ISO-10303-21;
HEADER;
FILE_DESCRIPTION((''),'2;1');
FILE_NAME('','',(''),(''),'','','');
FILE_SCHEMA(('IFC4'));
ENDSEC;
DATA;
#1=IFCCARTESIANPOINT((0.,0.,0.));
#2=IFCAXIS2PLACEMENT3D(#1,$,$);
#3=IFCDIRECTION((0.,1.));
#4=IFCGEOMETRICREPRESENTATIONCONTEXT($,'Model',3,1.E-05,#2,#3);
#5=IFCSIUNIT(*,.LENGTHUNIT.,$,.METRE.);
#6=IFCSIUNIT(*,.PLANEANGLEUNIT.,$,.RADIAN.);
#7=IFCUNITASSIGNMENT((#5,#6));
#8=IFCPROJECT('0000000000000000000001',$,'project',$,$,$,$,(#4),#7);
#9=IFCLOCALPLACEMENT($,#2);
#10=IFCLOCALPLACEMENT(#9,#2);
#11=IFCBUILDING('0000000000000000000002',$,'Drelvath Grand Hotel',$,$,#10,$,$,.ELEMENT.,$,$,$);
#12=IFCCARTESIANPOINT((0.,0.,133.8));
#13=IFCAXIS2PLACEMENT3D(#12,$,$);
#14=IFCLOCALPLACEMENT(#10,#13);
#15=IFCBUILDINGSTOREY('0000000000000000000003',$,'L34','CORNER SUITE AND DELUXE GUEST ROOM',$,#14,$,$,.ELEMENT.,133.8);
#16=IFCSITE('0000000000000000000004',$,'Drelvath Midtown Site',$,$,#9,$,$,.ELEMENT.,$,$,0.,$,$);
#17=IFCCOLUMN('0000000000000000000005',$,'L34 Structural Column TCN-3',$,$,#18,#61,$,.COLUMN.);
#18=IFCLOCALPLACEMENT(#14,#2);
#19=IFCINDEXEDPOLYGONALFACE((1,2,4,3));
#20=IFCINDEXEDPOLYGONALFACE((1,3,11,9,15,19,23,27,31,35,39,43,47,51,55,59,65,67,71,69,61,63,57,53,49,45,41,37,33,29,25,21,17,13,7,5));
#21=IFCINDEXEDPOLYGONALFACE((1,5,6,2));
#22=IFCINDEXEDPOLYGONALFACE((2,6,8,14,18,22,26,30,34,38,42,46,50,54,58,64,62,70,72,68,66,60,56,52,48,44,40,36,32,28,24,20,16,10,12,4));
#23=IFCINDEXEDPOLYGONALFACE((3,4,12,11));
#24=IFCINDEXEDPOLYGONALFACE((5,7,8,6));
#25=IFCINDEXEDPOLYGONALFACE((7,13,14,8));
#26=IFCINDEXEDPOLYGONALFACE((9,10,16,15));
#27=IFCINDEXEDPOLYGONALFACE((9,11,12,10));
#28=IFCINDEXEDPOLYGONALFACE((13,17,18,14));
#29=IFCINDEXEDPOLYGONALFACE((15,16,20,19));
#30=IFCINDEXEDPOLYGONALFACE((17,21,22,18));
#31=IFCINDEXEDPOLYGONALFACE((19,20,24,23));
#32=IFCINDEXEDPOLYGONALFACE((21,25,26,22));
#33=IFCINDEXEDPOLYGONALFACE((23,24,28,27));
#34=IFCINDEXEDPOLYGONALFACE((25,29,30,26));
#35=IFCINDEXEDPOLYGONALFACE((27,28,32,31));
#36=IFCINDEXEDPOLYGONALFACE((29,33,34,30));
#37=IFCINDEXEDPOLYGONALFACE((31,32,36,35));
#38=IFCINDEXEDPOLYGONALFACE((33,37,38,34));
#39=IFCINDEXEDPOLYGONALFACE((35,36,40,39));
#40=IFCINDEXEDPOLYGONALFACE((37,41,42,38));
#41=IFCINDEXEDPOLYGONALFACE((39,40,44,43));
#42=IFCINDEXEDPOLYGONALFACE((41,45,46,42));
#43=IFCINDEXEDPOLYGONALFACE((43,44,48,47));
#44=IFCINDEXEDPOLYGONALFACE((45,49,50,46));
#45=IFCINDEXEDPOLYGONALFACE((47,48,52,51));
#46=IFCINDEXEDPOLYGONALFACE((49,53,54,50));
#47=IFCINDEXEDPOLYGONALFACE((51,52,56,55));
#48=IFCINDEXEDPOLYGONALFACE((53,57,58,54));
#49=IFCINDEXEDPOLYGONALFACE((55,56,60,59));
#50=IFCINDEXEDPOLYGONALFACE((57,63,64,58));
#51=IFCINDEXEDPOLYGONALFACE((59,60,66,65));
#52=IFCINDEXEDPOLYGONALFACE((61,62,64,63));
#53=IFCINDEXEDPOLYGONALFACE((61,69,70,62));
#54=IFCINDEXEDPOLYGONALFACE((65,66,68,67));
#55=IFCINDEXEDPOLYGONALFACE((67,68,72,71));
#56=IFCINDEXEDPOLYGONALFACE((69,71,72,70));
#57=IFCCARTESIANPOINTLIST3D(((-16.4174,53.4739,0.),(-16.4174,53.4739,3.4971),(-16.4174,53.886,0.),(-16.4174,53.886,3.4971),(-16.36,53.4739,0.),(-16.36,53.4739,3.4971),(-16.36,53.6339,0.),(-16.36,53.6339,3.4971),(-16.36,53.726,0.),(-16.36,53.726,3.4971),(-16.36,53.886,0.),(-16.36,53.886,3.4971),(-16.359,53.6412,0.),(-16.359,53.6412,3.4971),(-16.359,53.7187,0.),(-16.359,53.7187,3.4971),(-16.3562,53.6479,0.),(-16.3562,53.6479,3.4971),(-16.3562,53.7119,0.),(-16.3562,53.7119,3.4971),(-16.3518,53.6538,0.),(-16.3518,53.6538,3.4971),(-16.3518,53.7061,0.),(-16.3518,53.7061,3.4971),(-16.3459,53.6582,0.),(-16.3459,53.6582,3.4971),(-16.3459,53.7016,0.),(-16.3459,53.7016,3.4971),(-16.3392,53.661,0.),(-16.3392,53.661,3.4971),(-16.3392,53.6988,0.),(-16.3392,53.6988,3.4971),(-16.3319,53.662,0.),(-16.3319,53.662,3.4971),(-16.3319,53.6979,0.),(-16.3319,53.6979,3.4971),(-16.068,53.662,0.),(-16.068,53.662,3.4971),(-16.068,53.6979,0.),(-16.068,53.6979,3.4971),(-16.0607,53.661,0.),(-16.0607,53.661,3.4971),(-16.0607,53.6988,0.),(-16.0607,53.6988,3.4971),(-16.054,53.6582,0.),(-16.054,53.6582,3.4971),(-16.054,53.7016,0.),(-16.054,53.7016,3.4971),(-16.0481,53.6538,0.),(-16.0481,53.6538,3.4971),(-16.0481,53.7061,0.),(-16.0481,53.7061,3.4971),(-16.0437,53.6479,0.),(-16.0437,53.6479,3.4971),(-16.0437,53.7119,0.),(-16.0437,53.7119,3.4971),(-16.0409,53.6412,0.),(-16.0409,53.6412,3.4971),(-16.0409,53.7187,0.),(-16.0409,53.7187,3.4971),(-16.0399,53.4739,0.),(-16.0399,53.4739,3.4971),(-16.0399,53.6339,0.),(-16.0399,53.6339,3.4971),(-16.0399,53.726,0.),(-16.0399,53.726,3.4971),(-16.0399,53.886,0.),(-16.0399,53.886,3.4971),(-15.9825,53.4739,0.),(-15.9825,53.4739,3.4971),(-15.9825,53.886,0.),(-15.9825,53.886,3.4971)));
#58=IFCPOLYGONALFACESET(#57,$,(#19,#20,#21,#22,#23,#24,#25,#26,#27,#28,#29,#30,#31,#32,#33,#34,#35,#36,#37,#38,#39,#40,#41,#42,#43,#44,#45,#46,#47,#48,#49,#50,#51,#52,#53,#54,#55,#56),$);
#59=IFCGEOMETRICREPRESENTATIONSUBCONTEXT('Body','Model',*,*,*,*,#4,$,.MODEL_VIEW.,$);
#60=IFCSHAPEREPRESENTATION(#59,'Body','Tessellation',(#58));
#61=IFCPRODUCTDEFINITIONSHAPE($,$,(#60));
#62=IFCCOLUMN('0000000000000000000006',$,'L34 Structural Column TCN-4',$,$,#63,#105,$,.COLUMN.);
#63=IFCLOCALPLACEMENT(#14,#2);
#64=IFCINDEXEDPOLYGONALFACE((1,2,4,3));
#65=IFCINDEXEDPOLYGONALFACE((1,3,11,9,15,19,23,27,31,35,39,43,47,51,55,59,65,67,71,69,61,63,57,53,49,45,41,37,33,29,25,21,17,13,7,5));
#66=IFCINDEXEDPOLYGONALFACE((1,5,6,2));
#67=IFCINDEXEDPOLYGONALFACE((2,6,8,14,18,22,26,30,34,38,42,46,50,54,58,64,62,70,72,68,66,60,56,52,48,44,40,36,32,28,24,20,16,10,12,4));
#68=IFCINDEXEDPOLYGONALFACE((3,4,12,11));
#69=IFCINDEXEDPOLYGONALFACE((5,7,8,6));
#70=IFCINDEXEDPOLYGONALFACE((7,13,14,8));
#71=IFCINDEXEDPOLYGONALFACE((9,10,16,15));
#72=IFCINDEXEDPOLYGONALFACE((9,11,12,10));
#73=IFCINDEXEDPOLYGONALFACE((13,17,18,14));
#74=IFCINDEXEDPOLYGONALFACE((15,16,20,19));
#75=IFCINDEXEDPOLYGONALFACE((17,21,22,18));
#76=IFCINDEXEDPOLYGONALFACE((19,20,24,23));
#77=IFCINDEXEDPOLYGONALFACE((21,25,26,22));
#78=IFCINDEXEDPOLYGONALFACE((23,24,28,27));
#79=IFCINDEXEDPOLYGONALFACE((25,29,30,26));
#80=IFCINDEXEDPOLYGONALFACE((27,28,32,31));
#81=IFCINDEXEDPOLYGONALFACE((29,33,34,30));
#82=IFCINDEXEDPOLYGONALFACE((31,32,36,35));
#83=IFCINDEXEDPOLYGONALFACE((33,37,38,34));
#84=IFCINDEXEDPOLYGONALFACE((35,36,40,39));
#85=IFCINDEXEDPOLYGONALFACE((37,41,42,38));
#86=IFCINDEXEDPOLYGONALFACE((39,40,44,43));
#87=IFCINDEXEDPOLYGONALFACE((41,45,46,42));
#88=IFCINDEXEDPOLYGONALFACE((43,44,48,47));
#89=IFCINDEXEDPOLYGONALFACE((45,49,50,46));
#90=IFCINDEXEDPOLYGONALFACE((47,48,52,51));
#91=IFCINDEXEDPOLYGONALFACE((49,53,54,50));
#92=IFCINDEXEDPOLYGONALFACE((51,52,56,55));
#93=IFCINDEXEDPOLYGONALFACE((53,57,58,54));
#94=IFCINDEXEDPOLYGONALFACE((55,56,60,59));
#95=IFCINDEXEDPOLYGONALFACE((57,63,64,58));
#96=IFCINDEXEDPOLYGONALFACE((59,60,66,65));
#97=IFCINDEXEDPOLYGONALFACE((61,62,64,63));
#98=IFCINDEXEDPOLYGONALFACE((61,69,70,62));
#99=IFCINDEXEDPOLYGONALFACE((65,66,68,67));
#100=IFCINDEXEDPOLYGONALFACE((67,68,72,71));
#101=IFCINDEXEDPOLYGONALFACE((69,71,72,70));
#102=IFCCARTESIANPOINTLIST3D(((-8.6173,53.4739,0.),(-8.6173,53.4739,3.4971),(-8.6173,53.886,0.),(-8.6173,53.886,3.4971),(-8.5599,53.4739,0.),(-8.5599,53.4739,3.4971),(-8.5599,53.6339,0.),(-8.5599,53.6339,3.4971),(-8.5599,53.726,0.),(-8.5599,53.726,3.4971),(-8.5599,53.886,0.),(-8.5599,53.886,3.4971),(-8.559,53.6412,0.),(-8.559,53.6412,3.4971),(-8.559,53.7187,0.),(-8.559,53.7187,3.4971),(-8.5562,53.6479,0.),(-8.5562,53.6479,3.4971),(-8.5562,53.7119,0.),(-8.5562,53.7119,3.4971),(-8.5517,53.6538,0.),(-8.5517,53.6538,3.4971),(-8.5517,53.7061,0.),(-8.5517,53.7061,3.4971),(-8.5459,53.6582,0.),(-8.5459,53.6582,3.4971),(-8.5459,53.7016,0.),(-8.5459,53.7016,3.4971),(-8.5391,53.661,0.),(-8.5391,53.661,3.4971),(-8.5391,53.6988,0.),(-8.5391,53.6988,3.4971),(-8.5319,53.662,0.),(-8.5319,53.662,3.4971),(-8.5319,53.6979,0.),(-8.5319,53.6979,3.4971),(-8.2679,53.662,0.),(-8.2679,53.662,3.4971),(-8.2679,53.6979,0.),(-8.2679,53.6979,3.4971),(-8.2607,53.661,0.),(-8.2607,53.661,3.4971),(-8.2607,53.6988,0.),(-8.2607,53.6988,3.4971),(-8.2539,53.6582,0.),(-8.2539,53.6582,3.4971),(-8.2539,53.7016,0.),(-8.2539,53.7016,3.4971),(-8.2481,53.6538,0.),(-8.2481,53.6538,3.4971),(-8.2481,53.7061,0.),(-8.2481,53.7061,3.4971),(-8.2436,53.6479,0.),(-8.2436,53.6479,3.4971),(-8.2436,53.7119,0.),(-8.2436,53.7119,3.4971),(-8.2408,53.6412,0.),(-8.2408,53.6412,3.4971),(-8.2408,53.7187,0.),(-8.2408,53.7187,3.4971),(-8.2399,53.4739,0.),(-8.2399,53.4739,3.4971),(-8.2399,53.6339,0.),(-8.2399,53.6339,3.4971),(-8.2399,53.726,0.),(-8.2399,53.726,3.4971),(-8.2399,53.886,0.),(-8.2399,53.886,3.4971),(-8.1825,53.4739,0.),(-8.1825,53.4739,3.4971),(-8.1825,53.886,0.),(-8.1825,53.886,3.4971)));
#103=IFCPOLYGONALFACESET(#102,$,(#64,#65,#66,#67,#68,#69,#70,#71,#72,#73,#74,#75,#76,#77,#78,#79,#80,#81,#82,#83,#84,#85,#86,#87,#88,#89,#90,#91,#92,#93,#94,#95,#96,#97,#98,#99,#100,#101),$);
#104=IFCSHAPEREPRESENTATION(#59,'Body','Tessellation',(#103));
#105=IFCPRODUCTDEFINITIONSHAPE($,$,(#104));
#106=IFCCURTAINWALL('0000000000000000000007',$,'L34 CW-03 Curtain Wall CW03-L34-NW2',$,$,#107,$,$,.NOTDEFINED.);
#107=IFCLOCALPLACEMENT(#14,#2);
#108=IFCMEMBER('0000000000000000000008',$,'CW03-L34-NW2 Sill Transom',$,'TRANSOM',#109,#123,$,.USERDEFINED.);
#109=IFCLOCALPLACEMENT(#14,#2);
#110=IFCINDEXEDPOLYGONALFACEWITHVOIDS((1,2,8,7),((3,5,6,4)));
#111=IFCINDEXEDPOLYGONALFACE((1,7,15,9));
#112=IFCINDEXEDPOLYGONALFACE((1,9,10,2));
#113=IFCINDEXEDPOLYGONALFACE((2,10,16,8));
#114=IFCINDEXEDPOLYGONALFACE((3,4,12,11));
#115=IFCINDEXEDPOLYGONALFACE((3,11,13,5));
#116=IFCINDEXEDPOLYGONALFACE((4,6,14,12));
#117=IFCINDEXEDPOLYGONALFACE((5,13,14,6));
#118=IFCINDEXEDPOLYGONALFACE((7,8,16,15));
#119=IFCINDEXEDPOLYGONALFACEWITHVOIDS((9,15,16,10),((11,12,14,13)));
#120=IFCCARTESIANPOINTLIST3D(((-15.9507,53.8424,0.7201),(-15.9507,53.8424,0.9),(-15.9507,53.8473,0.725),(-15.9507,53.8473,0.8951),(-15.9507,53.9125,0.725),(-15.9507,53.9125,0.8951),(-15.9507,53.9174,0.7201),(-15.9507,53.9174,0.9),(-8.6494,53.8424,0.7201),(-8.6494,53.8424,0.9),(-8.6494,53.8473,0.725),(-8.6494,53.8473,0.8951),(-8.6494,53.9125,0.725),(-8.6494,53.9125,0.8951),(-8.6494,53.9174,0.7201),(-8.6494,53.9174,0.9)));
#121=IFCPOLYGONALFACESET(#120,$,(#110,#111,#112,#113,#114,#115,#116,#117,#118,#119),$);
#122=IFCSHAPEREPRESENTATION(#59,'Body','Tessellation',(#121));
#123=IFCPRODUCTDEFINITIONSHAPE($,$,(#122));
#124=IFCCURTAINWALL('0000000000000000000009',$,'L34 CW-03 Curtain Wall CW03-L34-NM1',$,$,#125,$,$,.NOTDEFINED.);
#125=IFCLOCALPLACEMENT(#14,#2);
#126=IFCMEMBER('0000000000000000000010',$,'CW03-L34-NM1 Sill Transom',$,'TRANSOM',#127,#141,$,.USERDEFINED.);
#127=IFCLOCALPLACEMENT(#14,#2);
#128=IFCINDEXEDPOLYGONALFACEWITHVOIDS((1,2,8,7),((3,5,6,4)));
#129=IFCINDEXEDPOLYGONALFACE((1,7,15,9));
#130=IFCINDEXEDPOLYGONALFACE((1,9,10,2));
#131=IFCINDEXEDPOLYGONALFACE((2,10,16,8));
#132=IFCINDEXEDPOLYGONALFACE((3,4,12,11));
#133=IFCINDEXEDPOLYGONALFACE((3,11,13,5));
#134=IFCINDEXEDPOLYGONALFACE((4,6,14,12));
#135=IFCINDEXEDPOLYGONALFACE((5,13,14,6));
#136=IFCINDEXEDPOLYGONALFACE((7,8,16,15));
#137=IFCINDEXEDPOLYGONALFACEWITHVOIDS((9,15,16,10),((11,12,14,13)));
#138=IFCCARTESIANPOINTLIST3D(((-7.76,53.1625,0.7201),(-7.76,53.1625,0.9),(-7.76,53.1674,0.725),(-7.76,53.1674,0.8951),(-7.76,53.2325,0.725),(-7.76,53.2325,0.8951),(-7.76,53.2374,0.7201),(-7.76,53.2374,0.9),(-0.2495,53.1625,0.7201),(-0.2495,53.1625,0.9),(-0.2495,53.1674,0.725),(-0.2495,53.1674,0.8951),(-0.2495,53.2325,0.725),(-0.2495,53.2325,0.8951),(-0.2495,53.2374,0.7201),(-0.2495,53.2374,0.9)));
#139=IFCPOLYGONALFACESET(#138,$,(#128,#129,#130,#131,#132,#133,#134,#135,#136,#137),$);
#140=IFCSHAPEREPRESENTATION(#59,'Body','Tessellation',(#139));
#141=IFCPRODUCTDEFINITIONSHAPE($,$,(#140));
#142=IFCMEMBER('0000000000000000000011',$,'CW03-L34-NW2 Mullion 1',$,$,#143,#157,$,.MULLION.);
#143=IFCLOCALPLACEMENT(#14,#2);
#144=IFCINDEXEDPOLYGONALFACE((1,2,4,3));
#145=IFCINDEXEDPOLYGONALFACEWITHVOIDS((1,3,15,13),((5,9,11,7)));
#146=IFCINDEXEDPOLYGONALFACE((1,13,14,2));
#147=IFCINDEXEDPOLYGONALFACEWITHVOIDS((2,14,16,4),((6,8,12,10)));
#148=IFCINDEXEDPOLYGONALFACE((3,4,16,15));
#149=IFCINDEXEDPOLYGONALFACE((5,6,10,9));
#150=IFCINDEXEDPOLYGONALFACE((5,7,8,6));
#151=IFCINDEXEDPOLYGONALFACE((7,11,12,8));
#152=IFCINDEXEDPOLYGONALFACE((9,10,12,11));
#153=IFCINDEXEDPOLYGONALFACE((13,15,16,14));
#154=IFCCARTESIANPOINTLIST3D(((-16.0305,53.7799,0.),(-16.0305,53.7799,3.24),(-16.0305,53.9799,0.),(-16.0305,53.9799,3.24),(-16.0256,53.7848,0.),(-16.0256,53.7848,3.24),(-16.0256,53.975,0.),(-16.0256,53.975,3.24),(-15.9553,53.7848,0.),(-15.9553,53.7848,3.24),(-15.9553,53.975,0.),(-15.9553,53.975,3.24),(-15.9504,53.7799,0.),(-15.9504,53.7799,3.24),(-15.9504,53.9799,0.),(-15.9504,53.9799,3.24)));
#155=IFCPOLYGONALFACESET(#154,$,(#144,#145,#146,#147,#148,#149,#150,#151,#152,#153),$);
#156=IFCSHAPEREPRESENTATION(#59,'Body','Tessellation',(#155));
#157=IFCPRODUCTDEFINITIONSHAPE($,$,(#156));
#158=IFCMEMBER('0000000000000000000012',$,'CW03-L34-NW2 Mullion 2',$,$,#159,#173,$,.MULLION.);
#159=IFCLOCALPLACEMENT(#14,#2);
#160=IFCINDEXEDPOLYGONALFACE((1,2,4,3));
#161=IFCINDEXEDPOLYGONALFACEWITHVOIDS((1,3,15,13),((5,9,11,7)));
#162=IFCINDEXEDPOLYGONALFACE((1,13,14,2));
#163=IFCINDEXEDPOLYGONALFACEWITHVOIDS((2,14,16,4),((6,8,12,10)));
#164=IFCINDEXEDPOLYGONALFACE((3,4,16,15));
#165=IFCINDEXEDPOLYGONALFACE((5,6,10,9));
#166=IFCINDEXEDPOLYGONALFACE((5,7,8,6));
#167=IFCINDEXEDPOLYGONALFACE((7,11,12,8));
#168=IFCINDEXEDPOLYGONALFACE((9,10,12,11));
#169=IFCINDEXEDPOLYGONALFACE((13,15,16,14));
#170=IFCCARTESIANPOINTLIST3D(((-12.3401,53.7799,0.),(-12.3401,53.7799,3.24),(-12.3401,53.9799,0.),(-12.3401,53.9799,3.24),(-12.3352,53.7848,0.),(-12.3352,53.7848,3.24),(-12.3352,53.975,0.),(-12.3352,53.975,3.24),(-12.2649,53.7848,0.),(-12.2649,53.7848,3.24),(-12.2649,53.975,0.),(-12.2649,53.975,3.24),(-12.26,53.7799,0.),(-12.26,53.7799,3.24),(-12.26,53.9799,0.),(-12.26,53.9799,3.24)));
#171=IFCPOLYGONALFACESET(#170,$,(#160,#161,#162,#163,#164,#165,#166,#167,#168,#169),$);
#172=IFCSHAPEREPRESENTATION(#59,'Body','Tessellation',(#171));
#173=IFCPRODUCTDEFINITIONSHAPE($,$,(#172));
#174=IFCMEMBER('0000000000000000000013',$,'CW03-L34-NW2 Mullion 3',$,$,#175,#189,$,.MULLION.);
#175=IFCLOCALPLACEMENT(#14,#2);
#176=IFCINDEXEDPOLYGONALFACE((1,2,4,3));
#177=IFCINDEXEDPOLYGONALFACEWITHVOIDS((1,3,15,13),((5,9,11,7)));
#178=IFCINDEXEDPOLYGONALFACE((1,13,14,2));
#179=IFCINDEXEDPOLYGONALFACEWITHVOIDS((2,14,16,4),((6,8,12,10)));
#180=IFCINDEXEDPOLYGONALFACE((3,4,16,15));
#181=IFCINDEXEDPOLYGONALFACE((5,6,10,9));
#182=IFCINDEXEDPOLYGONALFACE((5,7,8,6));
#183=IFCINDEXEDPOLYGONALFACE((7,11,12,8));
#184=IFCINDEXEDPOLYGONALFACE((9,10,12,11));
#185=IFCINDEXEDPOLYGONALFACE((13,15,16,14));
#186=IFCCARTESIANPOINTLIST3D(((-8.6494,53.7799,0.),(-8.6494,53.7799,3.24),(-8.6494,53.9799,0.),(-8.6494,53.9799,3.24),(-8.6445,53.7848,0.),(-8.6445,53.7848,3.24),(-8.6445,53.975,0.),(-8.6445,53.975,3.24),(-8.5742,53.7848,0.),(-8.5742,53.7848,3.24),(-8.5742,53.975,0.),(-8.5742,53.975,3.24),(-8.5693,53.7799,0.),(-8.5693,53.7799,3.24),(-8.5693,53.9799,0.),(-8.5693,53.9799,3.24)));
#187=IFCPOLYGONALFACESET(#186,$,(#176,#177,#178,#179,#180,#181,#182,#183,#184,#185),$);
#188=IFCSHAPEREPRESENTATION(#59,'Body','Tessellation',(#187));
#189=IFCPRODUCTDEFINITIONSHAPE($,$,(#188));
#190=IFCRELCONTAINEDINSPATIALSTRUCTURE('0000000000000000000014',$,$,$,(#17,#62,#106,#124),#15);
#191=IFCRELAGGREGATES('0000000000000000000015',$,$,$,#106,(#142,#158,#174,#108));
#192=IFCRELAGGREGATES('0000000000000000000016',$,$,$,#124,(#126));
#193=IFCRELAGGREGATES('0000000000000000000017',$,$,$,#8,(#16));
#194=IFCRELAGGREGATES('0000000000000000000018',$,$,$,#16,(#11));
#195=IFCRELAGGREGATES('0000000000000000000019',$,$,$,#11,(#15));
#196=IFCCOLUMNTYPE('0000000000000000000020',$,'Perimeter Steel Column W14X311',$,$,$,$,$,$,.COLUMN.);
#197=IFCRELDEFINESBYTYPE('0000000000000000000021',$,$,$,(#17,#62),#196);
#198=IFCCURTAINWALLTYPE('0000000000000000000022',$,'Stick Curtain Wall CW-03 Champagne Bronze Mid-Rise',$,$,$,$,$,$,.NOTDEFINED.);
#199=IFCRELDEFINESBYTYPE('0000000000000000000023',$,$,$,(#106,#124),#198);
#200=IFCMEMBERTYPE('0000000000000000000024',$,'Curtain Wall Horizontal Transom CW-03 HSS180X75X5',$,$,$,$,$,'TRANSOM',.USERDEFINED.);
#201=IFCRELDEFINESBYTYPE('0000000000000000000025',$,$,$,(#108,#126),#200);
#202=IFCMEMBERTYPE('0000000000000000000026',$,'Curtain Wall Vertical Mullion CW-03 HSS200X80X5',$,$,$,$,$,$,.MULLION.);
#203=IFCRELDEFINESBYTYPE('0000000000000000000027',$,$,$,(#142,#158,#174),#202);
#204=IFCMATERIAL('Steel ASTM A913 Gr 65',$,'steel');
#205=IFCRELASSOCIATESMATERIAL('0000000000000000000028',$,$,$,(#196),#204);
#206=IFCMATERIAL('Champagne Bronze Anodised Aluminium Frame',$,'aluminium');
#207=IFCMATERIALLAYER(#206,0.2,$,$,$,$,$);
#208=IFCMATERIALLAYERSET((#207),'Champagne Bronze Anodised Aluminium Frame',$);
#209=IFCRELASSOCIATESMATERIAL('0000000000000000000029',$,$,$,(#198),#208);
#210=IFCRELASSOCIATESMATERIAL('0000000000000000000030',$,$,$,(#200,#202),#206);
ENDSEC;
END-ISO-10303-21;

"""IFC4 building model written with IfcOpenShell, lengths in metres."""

from ifc_helpers import new_model, si_unit, direction, frame, origin, origin_2d, place, context, subcontext, project, spatial, hollow_rectangle, i_section, extrude, material, layer, layer_set, material_profile, profile_set, type_object, element, aggregate, save


model = new_model("IFC4")

# Units and contexts
model_context = context("Model", 3, precision=1e-05, world=origin(), true_north=direction((0.0, 1.0)))
body_context = subcontext(model_context, "Body", "Model", "MODEL_VIEW")
ifc_project = project(units=[si_unit("LENGTHUNIT", "METRE"), si_unit("PLANEANGLEUNIT", "RADIAN")], contexts=[model_context])

# Site, building, storey
site_placement = place(None, origin())
site = spatial("IfcSite", under=ifc_project, at=site_placement, Name="Drelvath Midtown Site", CompositionType="ELEMENT", RefElevation=0.0)
building_placement = place(site_placement, origin())
building = spatial("IfcBuilding", under=site, at=building_placement, Name="Drelvath Grand Hotel", CompositionType="ELEMENT")
storey_placement = place(building_placement, frame((0.0, 0.0, 133.8)))
storey = spatial("IfcBuildingStorey", under=building, at=storey_placement, Name="L34", Description="CORNER SUITE AND DELUXE GUEST ROOM", CompositionType="ELEMENT", Elevation=133.8)

# Columns
ifc_material_1 = material(Name="Steel ASTM A913 Gr 65", Category="steel")
ifc_material_profile_1 = material_profile(ifc_material_1, i_section(OverallWidth=0.4121, OverallDepth=0.4348, WebThickness=0.0359, FlangeThickness=0.0574, FilletRadius=0.0281, at=origin_2d()), Name="W14X311")
ifc_profile_set_1 = profile_set([ifc_material_profile_1], Name="Steel ASTM A913 Gr 65")
column_type = type_object("IfcColumnType", Name="Perimeter Steel Column W14X311", PredefinedType="COLUMN", material=ifc_profile_set_1)
for number, where, z_axis, x_axis, name in (
    (1, (-16.2, 53.6799, 0.0), (0.0, 0.0, 1.0), (0.0, 1.0, 0.0), "L34 Structural Column TCN-3"),
    (2, (-8.3999, 53.6799, 0.0), (0.0, 0.0, 1.0), (0.0, 1.0, 0.0), "L34 Structural Column TCN-4"),
):
    element("IfcColumn", number, at=place(storey_placement, frame(where, z_axis=z_axis, x_axis=x_axis)), inside=storey, type_object=column_type, Name=name, PredefinedType="COLUMN", context=body_context, shape_type="SweptSolid", body=[
        extrude(i_section(OverallWidth=0.4121, OverallDepth=0.4348, WebThickness=0.0359, FlangeThickness=0.0574, FilletRadius=0.0281, at=origin_2d()), origin(), (0.0, 0.0, 1.0), 3.4971),
    ])

# Curtain walls, members
ifc_material_2 = material(Name="Champagne Bronze Anodised Aluminium Frame", Category="aluminium")
ifc_layer_1 = layer(ifc_material_2, 0.2)
ifc_layer_set_1 = layer_set([ifc_layer_1], Name="Champagne Bronze Anodised Aluminium Frame")
curtain_wall_type = type_object("IfcCurtainWallType", Name="Stick Curtain Wall CW-03 Champagne Bronze Mid-Rise", PredefinedType="NOTDEFINED", material=ifc_layer_set_1)
curtain_wall_1_placement = place(storey_placement, origin())
curtain_wall_1 = element("IfcCurtainWall", 3, at=curtain_wall_1_placement, inside=storey, type_object=curtain_wall_type, Name="L34 CW-03 Curtain Wall CW03-L34-NW2", PredefinedType="NOTDEFINED")
ifc_material_profile_2 = material_profile(ifc_material_2, hollow_rectangle(XDim=0.075, YDim=0.1799, WallThickness=0.0049, at=origin_2d()), Name="HSS180X75X5")
ifc_profile_set_2 = profile_set([ifc_material_profile_2], Name="Champagne Bronze Anodised Aluminium Frame")
member_type_1 = type_object("IfcMemberType", Name="Curtain Wall Horizontal Transom CW-03 HSS180X75X5", ElementType="TRANSOM", PredefinedType="USERDEFINED", material=ifc_profile_set_2)
member_1_placement = place(storey_placement, frame((-15.9507, 53.8799, 0.8101), z_axis=(1.0, 0.0, 0.0), x_axis=(0.0, 1.0, 0.0)))
member_1 = element("IfcMember", 4, at=member_1_placement, type_object=member_type_1, Name="CW03-L34-NW2 Sill Transom", ObjectType="TRANSOM", PredefinedType="USERDEFINED", context=body_context, shape_type="SweptSolid", body=[
    extrude(hollow_rectangle(XDim=0.075, YDim=0.1799, WallThickness=0.0049, at=origin_2d()), origin(), (0.0, 0.0, 1.0), 7.3013),
])
curtain_wall_2_placement = place(storey_placement, origin())
curtain_wall_2 = element("IfcCurtainWall", 5, at=curtain_wall_2_placement, inside=storey, type_object=curtain_wall_type, Name="L34 CW-03 Curtain Wall CW03-L34-NM1", PredefinedType="NOTDEFINED")
member_2_placement = place(storey_placement, frame((-7.76, 53.2, 0.8101), z_axis=(1.0, 0.0, 0.0), x_axis=(0.0, 1.0, 0.0)))
member_2 = element("IfcMember", 6, at=member_2_placement, type_object=member_type_1, Name="CW03-L34-NM1 Sill Transom", ObjectType="TRANSOM", PredefinedType="USERDEFINED", context=body_context, shape_type="SweptSolid", body=[
    extrude(hollow_rectangle(XDim=0.075, YDim=0.1799, WallThickness=0.0049, at=origin_2d()), origin(), (0.0, 0.0, 1.0), 7.5105),
])

# Members
ifc_material_profile_3 = material_profile(ifc_material_2, hollow_rectangle(XDim=0.0801, YDim=0.2, WallThickness=0.0049, at=origin_2d()), Name="HSS200X80X5")
ifc_profile_set_3 = profile_set([ifc_material_profile_3], Name="Champagne Bronze Anodised Aluminium Frame")
member_type_2 = type_object("IfcMemberType", Name="Curtain Wall Vertical Mullion CW-03 HSS200X80X5", PredefinedType="MULLION", material=ifc_profile_set_3)
member_3_placement = place(storey_placement, frame((-15.9905, 53.8799, 0.0), z_axis=(0.0, 0.0, 1.0), x_axis=(1.0, 0.0, 0.0)))
member_3 = element("IfcMember", 7, at=member_3_placement, type_object=member_type_2, Name="CW03-L34-NW2 Mullion 1", PredefinedType="MULLION", context=body_context, shape_type="SweptSolid", body=[
    extrude(hollow_rectangle(XDim=0.0801, YDim=0.2, WallThickness=0.0049, at=origin_2d()), origin(), (0.0, 0.0, 1.0), 3.24),
])
member_4_placement = place(storey_placement, frame((-12.3, 53.8799, 0.0), z_axis=(0.0, 0.0, 1.0), x_axis=(1.0, 0.0, 0.0)))
member_4 = element("IfcMember", 8, at=member_4_placement, type_object=member_type_2, Name="CW03-L34-NW2 Mullion 2", PredefinedType="MULLION", context=body_context, shape_type="SweptSolid", body=[
    extrude(hollow_rectangle(XDim=0.0801, YDim=0.2, WallThickness=0.0049, at=origin_2d()), origin(), (0.0, 0.0, 1.0), 3.24),
])
member_5_placement = place(storey_placement, frame((-8.6094, 53.8799, 0.0), z_axis=(0.0, 0.0, 1.0), x_axis=(1.0, 0.0, 0.0)))
member_5 = element("IfcMember", 9, at=member_5_placement, type_object=member_type_2, Name="CW03-L34-NW2 Mullion 3", PredefinedType="MULLION", context=body_context, shape_type="SweptSolid", body=[
    extrude(hollow_rectangle(XDim=0.0801, YDim=0.2, WallThickness=0.0049, at=origin_2d()), origin(), (0.0, 0.0, 1.0), 3.24),
])

aggregate(curtain_wall_1, [member_3, member_4, member_5, member_1])
aggregate(curtain_wall_2, [member_2])

save(model, "model.ifc")
